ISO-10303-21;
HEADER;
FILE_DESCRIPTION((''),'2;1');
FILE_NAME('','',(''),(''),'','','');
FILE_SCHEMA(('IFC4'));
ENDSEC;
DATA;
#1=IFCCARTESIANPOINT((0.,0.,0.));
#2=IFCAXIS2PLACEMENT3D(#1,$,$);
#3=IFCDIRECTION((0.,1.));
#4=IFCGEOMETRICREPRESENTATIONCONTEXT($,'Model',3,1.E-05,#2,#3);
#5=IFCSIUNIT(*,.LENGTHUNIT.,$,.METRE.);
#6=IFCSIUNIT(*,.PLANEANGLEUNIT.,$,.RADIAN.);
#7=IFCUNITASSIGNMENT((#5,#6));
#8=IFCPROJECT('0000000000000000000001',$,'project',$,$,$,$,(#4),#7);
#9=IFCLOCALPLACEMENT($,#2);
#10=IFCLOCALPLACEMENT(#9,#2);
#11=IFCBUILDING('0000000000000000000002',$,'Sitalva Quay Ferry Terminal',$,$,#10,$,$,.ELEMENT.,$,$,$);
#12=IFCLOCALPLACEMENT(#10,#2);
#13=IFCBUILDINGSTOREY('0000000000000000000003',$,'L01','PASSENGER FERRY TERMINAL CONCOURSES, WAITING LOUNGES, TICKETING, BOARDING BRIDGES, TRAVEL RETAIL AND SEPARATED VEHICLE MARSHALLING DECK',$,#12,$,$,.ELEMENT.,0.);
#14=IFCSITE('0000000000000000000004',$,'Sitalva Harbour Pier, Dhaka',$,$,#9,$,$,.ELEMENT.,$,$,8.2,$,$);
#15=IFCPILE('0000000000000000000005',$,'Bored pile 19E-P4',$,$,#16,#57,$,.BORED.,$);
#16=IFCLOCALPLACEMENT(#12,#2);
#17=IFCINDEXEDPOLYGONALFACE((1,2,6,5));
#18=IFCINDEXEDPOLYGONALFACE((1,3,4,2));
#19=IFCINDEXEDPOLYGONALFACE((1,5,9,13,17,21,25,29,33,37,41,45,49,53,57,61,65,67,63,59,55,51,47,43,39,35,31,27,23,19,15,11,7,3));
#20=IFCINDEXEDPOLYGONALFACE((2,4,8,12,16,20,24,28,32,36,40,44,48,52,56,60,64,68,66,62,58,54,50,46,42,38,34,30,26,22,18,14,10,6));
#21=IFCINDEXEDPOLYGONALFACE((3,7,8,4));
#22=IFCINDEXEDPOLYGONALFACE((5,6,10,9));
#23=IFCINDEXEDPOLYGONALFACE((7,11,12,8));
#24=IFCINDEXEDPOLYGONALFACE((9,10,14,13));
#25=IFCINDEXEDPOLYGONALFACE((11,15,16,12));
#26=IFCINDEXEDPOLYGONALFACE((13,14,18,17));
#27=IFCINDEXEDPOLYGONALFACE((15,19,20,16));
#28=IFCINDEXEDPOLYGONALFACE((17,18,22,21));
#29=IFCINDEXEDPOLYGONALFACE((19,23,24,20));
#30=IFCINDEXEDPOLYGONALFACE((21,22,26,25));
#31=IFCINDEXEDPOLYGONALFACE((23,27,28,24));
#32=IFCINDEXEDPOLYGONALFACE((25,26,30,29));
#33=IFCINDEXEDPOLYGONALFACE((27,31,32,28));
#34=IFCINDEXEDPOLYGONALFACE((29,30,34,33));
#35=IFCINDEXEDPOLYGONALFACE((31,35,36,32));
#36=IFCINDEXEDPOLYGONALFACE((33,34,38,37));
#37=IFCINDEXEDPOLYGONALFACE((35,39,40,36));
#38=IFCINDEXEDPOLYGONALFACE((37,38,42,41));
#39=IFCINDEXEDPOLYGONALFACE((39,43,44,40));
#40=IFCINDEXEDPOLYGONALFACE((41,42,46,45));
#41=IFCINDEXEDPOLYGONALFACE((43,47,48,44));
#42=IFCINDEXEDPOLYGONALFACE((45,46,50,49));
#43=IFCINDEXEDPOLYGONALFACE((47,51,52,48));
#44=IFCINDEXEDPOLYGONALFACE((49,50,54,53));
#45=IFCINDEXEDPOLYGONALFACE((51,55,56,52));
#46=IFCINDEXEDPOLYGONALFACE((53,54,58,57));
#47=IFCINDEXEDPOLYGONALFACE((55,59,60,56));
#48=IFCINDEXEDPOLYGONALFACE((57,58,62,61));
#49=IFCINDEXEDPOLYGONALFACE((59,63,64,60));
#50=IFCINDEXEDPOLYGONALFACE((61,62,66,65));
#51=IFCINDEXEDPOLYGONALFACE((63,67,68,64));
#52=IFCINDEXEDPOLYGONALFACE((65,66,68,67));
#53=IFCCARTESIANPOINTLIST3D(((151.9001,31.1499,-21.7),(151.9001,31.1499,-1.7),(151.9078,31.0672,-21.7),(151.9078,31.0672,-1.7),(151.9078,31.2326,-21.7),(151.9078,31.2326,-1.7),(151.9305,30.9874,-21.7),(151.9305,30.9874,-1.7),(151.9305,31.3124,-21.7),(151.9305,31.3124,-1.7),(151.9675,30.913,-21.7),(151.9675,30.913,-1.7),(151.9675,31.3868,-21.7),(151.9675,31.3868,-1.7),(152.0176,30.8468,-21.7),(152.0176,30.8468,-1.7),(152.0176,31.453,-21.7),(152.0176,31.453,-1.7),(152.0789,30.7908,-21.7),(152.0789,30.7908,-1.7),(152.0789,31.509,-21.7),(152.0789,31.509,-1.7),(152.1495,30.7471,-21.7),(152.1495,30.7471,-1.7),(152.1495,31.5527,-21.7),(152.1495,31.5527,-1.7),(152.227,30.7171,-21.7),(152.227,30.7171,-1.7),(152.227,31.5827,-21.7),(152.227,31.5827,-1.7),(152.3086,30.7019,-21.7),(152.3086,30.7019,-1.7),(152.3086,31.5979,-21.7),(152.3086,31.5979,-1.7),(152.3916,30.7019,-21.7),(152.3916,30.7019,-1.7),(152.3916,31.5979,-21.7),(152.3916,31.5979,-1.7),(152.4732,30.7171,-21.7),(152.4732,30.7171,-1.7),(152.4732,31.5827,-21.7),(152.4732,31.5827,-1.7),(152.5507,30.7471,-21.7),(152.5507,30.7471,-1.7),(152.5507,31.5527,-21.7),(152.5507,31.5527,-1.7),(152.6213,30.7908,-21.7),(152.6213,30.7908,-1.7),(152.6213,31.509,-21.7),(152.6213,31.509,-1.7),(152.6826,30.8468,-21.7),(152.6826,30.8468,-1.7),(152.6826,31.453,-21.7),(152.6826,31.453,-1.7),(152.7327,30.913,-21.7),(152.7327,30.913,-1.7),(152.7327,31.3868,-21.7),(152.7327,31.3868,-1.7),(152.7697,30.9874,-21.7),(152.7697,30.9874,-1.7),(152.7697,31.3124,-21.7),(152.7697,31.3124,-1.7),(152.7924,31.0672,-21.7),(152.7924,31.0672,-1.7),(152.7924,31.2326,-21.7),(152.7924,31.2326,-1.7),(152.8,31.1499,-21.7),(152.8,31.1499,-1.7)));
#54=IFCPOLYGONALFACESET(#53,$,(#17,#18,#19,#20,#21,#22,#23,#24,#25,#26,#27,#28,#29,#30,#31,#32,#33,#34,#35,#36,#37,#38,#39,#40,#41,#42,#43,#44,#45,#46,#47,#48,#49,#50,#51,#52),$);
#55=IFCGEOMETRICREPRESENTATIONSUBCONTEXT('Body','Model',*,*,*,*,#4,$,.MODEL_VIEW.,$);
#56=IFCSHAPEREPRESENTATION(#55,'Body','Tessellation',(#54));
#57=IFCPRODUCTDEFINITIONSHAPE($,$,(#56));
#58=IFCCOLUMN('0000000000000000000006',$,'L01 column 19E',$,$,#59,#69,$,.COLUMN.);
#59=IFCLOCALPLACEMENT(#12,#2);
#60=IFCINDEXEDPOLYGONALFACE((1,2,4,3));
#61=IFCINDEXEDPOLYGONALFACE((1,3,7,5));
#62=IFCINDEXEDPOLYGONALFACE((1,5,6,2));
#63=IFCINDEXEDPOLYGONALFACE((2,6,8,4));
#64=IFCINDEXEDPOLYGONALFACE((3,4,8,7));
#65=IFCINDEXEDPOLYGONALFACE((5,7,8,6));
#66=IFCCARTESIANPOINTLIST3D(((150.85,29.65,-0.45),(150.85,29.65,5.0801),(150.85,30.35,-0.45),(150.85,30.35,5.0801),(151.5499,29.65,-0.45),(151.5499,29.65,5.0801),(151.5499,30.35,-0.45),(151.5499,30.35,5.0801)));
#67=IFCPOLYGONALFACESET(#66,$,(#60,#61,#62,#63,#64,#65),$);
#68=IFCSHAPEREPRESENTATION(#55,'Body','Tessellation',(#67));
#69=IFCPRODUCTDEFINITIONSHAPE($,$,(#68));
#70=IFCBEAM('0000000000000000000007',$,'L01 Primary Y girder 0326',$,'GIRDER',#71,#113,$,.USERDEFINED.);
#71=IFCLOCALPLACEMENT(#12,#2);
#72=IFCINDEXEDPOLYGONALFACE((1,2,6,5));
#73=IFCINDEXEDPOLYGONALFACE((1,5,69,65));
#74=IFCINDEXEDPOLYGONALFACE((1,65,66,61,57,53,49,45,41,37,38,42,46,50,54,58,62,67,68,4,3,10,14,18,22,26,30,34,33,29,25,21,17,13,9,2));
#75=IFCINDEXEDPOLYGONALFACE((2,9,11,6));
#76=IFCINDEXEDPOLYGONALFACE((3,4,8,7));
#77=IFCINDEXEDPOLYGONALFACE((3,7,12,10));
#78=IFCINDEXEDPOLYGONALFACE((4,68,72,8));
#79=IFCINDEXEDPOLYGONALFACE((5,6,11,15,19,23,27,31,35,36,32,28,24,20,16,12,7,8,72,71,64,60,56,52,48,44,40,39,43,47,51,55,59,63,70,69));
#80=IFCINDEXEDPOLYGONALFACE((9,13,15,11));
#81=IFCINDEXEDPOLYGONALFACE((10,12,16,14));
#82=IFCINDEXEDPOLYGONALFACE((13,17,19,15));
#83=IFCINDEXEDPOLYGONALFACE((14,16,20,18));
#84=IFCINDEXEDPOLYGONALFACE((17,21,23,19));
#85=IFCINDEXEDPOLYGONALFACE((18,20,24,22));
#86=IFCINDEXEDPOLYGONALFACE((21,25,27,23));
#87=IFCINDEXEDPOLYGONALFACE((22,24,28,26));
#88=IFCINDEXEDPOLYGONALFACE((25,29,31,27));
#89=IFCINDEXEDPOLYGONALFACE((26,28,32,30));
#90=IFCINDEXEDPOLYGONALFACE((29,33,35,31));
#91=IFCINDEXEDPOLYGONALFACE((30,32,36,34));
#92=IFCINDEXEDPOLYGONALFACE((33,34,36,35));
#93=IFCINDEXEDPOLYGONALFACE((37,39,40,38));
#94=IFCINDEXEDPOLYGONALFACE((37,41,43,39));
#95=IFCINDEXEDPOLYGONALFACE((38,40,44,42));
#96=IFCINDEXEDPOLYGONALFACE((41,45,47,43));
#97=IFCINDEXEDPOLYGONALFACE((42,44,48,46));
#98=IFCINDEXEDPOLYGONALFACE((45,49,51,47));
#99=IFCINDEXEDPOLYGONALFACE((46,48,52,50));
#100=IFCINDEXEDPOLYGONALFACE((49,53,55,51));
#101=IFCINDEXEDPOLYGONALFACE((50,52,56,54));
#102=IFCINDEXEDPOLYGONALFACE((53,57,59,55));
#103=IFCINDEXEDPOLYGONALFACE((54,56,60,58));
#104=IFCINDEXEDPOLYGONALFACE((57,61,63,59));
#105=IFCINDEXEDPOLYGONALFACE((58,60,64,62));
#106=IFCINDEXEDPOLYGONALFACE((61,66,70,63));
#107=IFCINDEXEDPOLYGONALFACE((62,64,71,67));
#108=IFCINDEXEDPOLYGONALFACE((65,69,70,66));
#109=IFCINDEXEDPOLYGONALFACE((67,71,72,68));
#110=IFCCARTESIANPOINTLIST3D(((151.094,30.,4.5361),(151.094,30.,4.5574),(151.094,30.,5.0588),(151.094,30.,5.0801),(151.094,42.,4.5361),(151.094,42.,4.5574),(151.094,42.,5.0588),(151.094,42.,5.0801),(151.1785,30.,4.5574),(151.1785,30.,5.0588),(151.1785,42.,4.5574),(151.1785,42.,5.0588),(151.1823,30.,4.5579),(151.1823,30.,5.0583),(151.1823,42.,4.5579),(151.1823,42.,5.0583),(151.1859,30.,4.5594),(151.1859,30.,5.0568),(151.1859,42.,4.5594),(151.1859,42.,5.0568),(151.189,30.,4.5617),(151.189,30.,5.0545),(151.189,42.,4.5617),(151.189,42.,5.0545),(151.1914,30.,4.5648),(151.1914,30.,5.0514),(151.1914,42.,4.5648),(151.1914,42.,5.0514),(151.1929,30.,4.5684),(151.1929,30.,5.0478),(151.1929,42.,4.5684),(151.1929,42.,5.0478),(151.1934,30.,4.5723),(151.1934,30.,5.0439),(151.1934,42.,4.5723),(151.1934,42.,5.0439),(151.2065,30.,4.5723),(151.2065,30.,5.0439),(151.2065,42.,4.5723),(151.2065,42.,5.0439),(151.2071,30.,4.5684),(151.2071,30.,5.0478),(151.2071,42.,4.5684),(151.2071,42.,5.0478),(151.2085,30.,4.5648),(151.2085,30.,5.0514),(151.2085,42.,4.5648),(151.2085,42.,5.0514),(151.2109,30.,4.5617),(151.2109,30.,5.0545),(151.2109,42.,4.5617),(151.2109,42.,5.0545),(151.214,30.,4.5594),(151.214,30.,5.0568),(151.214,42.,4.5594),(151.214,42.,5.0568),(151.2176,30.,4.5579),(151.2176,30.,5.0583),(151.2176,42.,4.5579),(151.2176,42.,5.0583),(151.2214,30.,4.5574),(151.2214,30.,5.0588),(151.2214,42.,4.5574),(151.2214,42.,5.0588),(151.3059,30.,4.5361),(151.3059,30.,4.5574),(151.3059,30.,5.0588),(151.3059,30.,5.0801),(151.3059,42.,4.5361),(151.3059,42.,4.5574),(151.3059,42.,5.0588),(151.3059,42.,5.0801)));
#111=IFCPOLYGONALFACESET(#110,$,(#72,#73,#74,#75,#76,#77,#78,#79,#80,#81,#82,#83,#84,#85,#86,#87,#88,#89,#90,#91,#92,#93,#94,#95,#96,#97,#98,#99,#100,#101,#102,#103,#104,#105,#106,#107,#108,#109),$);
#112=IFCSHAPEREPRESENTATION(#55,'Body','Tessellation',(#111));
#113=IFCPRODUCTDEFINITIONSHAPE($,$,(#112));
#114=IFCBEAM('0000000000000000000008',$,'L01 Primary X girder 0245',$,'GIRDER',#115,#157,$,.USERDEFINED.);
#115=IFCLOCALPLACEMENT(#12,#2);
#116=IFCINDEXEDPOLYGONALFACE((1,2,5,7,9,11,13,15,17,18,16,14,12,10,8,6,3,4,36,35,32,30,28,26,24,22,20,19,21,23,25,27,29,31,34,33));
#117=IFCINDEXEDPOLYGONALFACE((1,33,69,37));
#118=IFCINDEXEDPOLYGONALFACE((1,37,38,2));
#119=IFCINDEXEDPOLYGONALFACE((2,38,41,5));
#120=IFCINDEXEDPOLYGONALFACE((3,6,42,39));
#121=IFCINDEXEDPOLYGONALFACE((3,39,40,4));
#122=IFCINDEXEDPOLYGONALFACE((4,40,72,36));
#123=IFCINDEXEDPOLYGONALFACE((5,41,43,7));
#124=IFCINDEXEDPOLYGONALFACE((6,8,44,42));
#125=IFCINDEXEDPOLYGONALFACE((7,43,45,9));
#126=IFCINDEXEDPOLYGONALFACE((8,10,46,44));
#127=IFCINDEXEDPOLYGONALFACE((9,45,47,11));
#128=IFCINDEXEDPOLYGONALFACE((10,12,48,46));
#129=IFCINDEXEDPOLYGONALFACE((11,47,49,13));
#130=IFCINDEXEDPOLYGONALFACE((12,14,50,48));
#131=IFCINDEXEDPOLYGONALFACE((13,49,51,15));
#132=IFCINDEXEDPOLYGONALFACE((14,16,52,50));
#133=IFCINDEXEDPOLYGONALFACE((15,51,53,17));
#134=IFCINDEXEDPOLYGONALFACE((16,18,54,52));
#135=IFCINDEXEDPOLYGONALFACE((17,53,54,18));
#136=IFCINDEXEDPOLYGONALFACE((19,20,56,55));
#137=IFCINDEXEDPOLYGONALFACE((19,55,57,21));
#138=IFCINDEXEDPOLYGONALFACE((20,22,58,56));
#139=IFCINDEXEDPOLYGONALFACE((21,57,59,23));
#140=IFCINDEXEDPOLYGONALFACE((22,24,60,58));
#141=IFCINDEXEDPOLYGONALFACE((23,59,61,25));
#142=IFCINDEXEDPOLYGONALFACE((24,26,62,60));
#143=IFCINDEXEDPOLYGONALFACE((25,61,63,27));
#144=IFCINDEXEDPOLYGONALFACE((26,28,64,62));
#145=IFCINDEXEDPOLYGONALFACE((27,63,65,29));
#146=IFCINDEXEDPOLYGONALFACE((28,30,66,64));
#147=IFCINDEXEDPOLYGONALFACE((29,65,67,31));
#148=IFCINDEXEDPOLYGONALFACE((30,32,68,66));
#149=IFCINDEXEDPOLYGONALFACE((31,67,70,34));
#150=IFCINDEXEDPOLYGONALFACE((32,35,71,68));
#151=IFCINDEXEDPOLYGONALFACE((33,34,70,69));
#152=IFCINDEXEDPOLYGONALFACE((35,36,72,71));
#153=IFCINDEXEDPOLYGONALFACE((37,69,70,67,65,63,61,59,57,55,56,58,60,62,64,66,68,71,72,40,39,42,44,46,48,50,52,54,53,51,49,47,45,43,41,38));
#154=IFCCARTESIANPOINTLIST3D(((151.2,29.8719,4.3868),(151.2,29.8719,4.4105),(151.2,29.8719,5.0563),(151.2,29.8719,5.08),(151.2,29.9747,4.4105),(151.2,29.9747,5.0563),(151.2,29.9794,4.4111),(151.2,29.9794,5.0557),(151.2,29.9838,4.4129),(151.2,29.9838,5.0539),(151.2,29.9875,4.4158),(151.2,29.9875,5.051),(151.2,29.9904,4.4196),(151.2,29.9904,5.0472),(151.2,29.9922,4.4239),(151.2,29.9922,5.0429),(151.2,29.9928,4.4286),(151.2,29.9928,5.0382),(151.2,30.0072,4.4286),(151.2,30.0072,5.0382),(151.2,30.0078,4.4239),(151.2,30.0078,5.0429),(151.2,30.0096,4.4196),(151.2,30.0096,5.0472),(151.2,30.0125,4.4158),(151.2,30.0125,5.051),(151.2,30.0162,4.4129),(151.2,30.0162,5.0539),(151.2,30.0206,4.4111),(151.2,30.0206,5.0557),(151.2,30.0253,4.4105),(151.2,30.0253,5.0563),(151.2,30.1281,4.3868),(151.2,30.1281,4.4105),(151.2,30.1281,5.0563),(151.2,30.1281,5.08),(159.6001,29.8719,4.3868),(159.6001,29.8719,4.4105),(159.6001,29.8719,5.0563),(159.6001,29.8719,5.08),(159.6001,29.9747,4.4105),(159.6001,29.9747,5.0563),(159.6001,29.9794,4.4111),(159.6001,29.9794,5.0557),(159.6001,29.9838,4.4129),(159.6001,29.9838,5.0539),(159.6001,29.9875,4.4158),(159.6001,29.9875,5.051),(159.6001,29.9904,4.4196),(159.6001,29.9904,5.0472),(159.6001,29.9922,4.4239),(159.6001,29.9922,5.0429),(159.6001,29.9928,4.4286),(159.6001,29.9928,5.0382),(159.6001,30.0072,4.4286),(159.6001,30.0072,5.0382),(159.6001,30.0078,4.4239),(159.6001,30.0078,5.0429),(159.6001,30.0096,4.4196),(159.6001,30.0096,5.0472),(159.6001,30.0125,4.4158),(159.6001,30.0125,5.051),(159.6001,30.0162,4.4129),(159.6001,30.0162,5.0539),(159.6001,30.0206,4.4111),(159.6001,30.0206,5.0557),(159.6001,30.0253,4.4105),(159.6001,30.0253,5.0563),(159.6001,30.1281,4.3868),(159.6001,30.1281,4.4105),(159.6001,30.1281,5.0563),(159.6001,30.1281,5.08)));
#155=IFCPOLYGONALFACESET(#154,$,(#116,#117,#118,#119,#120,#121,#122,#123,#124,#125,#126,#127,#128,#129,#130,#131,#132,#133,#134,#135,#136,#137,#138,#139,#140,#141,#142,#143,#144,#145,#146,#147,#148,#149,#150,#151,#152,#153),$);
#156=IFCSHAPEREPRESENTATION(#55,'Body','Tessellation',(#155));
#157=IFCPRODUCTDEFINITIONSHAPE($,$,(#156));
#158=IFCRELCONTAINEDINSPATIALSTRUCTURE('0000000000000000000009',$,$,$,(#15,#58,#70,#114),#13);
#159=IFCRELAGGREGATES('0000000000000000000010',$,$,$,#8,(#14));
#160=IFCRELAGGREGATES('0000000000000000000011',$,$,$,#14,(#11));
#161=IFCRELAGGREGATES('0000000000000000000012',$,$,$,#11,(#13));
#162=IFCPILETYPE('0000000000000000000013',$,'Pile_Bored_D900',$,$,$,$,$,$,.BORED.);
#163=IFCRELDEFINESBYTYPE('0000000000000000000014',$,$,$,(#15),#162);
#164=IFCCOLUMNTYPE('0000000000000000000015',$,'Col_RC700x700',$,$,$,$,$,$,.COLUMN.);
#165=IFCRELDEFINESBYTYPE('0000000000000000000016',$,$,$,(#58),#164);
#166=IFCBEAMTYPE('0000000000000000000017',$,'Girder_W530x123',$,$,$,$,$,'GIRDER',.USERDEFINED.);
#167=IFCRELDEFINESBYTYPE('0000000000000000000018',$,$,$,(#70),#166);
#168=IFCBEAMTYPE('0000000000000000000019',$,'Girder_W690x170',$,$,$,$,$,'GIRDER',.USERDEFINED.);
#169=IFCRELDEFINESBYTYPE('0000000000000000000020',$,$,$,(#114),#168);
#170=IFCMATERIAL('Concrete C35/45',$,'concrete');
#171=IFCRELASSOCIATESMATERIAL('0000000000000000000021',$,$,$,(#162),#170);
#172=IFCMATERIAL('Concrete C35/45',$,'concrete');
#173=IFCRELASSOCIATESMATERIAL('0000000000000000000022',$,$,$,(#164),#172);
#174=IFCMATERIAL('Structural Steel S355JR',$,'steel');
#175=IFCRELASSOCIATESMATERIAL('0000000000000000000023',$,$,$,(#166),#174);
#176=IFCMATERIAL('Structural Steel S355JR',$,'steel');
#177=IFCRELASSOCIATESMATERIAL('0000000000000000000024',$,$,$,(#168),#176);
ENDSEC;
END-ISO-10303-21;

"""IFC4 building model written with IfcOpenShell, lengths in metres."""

from ifc_helpers import new_model, si_unit, direction, frame, origin, origin_2d, place, context, subcontext, project, spatial, rectangle, circle, i_section, extrude, material, material_profile, profile_set, type_object, element, save


model = new_model("IFC4")

# Units and contexts
model_context = context("Model", 3, precision=1e-05, world=origin(), true_north=direction((0.0, 1.0)))
body_context = subcontext(model_context, "Body", "Model", "MODEL_VIEW")
ifc_project = project(units=[si_unit("LENGTHUNIT", "METRE"), si_unit("PLANEANGLEUNIT", "RADIAN")], contexts=[model_context])

# Site, building, storey
site_placement = place(None, origin())
site = spatial("IfcSite", under=ifc_project, at=site_placement, Name="Sitalva Harbour Pier, Dhaka", CompositionType="ELEMENT", RefElevation=8.2)
building_placement = place(site_placement, origin())
building = spatial("IfcBuilding", under=site, at=building_placement, Name="Sitalva Quay Ferry Terminal", CompositionType="ELEMENT")
storey_placement = place(building_placement, origin())
storey = spatial("IfcBuildingStorey", under=building, at=storey_placement, Name="L01", Description="PASSENGER FERRY TERMINAL CONCOURSES, WAITING LOUNGES, TICKETING, BOARDING BRIDGES, TRAVEL RETAIL AND SEPARATED VEHICLE MARSHALLING DECK", CompositionType="ELEMENT", Elevation=0.0)

# Pile
ifc_material_1 = material(Name="Concrete C35/45", Category="concrete")
ifc_material_profile_1 = material_profile(ifc_material_1, circle(Radius=0.45, at=origin_2d()), Name="PILE-D900")
ifc_profile_set_1 = profile_set([ifc_material_profile_1], Name="Concrete C35/45")
pile_type = type_object("IfcPileType", Name="Pile_Bored_D900", PredefinedType="BORED", material=ifc_profile_set_1)
for number, where, z_axis, x_axis, name in (
    (1, (152.3501, 31.1499, -1.7), (0.0, 0.0, -1.0), (1.0, 0.0, 0.0), "Bored pile 19E-P4"),
):
    element("IfcPile", number, at=place(storey_placement, frame(where, z_axis=z_axis, x_axis=x_axis)), inside=storey, type_object=pile_type, Name=name, PredefinedType="BORED", context=body_context, shape_type="SweptSolid", body=[
        extrude(circle(Radius=0.45, at=origin_2d()), origin(), (0.0, 0.0, 1.0), 20.0),
    ])

# Column
ifc_material_2 = material(Name="Concrete C35/45", Category="concrete")
ifc_material_profile_2 = material_profile(ifc_material_2, rectangle(XDim=0.7, YDim=0.7, at=origin_2d()), Name="RC700x700")
ifc_profile_set_2 = profile_set([ifc_material_profile_2], Name="Concrete C35/45")
column_type = type_object("IfcColumnType", Name="Col_RC700x700", PredefinedType="COLUMN", material=ifc_profile_set_2)
column_placement = place(storey_placement, frame((151.2, 30.0, -0.45), z_axis=(0.0, 0.0, 1.0), x_axis=(1.0, 0.0, 0.0)))
element("IfcColumn", 2, at=column_placement, inside=storey, type_object=column_type, Name="L01 column 19E", PredefinedType="COLUMN", context=body_context, shape_type="SweptSolid", body=[
    extrude(rectangle(XDim=0.7, YDim=0.7, at=origin_2d()), origin(), (0.0, 0.0, 1.0), 5.53),
])

# Beams
ifc_material_3 = material(Name="Structural Steel S355JR", Category="steel")
ifc_material_profile_3 = material_profile(ifc_material_3, i_section(OverallWidth=0.2119, OverallDepth=0.5439, WebThickness=0.0132, FlangeThickness=0.0212, FilletRadius=0.0149, at=origin_2d()), Name="W530x123")
ifc_profile_set_3 = profile_set([ifc_material_profile_3], Name="Structural Steel S355JR")
beam_type_1 = type_object("IfcBeamType", Name="Girder_W530x123", ElementType="GIRDER", PredefinedType="USERDEFINED", material=ifc_profile_set_3)
beam_1_placement = place(storey_placement, frame((151.2, 30.0, 4.8081), z_axis=(0.0, 1.0, 0.0), x_axis=(-1.0, 0.0, 0.0)))
element("IfcBeam", 3, at=beam_1_placement, inside=storey, type_object=beam_type_1, Name="L01 Primary Y girder 0326", ObjectType="GIRDER", PredefinedType="USERDEFINED", context=body_context, shape_type="SweptSolid", body=[
    extrude(i_section(OverallWidth=0.2119, OverallDepth=0.5439, WebThickness=0.0132, FlangeThickness=0.0212, FilletRadius=0.0149, at=origin_2d()), origin(), (0.0, 0.0, 1.0), 12.0),
])
ifc_material_4 = material(Name="Structural Steel S355JR", Category="steel")
ifc_material_profile_4 = material_profile(ifc_material_4, i_section(OverallWidth=0.2561, OverallDepth=0.6931, WebThickness=0.0144, FlangeThickness=0.0237, FilletRadius=0.0181, at=origin_2d()), Name="W690x170")
ifc_profile_set_4 = profile_set([ifc_material_profile_4], Name="Structural Steel S355JR")
beam_type_2 = type_object("IfcBeamType", Name="Girder_W690x170", ElementType="GIRDER", PredefinedType="USERDEFINED", material=ifc_profile_set_4)
beam_2_placement = place(storey_placement, frame((151.2, 30.0, 4.7334), z_axis=(1.0, 0.0, 0.0), x_axis=(0.0, 1.0, 0.0)))
element("IfcBeam", 4, at=beam_2_placement, inside=storey, type_object=beam_type_2, Name="L01 Primary X girder 0245", ObjectType="GIRDER", PredefinedType="USERDEFINED", context=body_context, shape_type="SweptSolid", body=[
    extrude(i_section(OverallWidth=0.2561, OverallDepth=0.6931, WebThickness=0.0144, FlangeThickness=0.0237, FilletRadius=0.0181, at=origin_2d()), origin(), (0.0, 0.0, 1.0), 8.4001),
])

save(model, "model.ifc")
